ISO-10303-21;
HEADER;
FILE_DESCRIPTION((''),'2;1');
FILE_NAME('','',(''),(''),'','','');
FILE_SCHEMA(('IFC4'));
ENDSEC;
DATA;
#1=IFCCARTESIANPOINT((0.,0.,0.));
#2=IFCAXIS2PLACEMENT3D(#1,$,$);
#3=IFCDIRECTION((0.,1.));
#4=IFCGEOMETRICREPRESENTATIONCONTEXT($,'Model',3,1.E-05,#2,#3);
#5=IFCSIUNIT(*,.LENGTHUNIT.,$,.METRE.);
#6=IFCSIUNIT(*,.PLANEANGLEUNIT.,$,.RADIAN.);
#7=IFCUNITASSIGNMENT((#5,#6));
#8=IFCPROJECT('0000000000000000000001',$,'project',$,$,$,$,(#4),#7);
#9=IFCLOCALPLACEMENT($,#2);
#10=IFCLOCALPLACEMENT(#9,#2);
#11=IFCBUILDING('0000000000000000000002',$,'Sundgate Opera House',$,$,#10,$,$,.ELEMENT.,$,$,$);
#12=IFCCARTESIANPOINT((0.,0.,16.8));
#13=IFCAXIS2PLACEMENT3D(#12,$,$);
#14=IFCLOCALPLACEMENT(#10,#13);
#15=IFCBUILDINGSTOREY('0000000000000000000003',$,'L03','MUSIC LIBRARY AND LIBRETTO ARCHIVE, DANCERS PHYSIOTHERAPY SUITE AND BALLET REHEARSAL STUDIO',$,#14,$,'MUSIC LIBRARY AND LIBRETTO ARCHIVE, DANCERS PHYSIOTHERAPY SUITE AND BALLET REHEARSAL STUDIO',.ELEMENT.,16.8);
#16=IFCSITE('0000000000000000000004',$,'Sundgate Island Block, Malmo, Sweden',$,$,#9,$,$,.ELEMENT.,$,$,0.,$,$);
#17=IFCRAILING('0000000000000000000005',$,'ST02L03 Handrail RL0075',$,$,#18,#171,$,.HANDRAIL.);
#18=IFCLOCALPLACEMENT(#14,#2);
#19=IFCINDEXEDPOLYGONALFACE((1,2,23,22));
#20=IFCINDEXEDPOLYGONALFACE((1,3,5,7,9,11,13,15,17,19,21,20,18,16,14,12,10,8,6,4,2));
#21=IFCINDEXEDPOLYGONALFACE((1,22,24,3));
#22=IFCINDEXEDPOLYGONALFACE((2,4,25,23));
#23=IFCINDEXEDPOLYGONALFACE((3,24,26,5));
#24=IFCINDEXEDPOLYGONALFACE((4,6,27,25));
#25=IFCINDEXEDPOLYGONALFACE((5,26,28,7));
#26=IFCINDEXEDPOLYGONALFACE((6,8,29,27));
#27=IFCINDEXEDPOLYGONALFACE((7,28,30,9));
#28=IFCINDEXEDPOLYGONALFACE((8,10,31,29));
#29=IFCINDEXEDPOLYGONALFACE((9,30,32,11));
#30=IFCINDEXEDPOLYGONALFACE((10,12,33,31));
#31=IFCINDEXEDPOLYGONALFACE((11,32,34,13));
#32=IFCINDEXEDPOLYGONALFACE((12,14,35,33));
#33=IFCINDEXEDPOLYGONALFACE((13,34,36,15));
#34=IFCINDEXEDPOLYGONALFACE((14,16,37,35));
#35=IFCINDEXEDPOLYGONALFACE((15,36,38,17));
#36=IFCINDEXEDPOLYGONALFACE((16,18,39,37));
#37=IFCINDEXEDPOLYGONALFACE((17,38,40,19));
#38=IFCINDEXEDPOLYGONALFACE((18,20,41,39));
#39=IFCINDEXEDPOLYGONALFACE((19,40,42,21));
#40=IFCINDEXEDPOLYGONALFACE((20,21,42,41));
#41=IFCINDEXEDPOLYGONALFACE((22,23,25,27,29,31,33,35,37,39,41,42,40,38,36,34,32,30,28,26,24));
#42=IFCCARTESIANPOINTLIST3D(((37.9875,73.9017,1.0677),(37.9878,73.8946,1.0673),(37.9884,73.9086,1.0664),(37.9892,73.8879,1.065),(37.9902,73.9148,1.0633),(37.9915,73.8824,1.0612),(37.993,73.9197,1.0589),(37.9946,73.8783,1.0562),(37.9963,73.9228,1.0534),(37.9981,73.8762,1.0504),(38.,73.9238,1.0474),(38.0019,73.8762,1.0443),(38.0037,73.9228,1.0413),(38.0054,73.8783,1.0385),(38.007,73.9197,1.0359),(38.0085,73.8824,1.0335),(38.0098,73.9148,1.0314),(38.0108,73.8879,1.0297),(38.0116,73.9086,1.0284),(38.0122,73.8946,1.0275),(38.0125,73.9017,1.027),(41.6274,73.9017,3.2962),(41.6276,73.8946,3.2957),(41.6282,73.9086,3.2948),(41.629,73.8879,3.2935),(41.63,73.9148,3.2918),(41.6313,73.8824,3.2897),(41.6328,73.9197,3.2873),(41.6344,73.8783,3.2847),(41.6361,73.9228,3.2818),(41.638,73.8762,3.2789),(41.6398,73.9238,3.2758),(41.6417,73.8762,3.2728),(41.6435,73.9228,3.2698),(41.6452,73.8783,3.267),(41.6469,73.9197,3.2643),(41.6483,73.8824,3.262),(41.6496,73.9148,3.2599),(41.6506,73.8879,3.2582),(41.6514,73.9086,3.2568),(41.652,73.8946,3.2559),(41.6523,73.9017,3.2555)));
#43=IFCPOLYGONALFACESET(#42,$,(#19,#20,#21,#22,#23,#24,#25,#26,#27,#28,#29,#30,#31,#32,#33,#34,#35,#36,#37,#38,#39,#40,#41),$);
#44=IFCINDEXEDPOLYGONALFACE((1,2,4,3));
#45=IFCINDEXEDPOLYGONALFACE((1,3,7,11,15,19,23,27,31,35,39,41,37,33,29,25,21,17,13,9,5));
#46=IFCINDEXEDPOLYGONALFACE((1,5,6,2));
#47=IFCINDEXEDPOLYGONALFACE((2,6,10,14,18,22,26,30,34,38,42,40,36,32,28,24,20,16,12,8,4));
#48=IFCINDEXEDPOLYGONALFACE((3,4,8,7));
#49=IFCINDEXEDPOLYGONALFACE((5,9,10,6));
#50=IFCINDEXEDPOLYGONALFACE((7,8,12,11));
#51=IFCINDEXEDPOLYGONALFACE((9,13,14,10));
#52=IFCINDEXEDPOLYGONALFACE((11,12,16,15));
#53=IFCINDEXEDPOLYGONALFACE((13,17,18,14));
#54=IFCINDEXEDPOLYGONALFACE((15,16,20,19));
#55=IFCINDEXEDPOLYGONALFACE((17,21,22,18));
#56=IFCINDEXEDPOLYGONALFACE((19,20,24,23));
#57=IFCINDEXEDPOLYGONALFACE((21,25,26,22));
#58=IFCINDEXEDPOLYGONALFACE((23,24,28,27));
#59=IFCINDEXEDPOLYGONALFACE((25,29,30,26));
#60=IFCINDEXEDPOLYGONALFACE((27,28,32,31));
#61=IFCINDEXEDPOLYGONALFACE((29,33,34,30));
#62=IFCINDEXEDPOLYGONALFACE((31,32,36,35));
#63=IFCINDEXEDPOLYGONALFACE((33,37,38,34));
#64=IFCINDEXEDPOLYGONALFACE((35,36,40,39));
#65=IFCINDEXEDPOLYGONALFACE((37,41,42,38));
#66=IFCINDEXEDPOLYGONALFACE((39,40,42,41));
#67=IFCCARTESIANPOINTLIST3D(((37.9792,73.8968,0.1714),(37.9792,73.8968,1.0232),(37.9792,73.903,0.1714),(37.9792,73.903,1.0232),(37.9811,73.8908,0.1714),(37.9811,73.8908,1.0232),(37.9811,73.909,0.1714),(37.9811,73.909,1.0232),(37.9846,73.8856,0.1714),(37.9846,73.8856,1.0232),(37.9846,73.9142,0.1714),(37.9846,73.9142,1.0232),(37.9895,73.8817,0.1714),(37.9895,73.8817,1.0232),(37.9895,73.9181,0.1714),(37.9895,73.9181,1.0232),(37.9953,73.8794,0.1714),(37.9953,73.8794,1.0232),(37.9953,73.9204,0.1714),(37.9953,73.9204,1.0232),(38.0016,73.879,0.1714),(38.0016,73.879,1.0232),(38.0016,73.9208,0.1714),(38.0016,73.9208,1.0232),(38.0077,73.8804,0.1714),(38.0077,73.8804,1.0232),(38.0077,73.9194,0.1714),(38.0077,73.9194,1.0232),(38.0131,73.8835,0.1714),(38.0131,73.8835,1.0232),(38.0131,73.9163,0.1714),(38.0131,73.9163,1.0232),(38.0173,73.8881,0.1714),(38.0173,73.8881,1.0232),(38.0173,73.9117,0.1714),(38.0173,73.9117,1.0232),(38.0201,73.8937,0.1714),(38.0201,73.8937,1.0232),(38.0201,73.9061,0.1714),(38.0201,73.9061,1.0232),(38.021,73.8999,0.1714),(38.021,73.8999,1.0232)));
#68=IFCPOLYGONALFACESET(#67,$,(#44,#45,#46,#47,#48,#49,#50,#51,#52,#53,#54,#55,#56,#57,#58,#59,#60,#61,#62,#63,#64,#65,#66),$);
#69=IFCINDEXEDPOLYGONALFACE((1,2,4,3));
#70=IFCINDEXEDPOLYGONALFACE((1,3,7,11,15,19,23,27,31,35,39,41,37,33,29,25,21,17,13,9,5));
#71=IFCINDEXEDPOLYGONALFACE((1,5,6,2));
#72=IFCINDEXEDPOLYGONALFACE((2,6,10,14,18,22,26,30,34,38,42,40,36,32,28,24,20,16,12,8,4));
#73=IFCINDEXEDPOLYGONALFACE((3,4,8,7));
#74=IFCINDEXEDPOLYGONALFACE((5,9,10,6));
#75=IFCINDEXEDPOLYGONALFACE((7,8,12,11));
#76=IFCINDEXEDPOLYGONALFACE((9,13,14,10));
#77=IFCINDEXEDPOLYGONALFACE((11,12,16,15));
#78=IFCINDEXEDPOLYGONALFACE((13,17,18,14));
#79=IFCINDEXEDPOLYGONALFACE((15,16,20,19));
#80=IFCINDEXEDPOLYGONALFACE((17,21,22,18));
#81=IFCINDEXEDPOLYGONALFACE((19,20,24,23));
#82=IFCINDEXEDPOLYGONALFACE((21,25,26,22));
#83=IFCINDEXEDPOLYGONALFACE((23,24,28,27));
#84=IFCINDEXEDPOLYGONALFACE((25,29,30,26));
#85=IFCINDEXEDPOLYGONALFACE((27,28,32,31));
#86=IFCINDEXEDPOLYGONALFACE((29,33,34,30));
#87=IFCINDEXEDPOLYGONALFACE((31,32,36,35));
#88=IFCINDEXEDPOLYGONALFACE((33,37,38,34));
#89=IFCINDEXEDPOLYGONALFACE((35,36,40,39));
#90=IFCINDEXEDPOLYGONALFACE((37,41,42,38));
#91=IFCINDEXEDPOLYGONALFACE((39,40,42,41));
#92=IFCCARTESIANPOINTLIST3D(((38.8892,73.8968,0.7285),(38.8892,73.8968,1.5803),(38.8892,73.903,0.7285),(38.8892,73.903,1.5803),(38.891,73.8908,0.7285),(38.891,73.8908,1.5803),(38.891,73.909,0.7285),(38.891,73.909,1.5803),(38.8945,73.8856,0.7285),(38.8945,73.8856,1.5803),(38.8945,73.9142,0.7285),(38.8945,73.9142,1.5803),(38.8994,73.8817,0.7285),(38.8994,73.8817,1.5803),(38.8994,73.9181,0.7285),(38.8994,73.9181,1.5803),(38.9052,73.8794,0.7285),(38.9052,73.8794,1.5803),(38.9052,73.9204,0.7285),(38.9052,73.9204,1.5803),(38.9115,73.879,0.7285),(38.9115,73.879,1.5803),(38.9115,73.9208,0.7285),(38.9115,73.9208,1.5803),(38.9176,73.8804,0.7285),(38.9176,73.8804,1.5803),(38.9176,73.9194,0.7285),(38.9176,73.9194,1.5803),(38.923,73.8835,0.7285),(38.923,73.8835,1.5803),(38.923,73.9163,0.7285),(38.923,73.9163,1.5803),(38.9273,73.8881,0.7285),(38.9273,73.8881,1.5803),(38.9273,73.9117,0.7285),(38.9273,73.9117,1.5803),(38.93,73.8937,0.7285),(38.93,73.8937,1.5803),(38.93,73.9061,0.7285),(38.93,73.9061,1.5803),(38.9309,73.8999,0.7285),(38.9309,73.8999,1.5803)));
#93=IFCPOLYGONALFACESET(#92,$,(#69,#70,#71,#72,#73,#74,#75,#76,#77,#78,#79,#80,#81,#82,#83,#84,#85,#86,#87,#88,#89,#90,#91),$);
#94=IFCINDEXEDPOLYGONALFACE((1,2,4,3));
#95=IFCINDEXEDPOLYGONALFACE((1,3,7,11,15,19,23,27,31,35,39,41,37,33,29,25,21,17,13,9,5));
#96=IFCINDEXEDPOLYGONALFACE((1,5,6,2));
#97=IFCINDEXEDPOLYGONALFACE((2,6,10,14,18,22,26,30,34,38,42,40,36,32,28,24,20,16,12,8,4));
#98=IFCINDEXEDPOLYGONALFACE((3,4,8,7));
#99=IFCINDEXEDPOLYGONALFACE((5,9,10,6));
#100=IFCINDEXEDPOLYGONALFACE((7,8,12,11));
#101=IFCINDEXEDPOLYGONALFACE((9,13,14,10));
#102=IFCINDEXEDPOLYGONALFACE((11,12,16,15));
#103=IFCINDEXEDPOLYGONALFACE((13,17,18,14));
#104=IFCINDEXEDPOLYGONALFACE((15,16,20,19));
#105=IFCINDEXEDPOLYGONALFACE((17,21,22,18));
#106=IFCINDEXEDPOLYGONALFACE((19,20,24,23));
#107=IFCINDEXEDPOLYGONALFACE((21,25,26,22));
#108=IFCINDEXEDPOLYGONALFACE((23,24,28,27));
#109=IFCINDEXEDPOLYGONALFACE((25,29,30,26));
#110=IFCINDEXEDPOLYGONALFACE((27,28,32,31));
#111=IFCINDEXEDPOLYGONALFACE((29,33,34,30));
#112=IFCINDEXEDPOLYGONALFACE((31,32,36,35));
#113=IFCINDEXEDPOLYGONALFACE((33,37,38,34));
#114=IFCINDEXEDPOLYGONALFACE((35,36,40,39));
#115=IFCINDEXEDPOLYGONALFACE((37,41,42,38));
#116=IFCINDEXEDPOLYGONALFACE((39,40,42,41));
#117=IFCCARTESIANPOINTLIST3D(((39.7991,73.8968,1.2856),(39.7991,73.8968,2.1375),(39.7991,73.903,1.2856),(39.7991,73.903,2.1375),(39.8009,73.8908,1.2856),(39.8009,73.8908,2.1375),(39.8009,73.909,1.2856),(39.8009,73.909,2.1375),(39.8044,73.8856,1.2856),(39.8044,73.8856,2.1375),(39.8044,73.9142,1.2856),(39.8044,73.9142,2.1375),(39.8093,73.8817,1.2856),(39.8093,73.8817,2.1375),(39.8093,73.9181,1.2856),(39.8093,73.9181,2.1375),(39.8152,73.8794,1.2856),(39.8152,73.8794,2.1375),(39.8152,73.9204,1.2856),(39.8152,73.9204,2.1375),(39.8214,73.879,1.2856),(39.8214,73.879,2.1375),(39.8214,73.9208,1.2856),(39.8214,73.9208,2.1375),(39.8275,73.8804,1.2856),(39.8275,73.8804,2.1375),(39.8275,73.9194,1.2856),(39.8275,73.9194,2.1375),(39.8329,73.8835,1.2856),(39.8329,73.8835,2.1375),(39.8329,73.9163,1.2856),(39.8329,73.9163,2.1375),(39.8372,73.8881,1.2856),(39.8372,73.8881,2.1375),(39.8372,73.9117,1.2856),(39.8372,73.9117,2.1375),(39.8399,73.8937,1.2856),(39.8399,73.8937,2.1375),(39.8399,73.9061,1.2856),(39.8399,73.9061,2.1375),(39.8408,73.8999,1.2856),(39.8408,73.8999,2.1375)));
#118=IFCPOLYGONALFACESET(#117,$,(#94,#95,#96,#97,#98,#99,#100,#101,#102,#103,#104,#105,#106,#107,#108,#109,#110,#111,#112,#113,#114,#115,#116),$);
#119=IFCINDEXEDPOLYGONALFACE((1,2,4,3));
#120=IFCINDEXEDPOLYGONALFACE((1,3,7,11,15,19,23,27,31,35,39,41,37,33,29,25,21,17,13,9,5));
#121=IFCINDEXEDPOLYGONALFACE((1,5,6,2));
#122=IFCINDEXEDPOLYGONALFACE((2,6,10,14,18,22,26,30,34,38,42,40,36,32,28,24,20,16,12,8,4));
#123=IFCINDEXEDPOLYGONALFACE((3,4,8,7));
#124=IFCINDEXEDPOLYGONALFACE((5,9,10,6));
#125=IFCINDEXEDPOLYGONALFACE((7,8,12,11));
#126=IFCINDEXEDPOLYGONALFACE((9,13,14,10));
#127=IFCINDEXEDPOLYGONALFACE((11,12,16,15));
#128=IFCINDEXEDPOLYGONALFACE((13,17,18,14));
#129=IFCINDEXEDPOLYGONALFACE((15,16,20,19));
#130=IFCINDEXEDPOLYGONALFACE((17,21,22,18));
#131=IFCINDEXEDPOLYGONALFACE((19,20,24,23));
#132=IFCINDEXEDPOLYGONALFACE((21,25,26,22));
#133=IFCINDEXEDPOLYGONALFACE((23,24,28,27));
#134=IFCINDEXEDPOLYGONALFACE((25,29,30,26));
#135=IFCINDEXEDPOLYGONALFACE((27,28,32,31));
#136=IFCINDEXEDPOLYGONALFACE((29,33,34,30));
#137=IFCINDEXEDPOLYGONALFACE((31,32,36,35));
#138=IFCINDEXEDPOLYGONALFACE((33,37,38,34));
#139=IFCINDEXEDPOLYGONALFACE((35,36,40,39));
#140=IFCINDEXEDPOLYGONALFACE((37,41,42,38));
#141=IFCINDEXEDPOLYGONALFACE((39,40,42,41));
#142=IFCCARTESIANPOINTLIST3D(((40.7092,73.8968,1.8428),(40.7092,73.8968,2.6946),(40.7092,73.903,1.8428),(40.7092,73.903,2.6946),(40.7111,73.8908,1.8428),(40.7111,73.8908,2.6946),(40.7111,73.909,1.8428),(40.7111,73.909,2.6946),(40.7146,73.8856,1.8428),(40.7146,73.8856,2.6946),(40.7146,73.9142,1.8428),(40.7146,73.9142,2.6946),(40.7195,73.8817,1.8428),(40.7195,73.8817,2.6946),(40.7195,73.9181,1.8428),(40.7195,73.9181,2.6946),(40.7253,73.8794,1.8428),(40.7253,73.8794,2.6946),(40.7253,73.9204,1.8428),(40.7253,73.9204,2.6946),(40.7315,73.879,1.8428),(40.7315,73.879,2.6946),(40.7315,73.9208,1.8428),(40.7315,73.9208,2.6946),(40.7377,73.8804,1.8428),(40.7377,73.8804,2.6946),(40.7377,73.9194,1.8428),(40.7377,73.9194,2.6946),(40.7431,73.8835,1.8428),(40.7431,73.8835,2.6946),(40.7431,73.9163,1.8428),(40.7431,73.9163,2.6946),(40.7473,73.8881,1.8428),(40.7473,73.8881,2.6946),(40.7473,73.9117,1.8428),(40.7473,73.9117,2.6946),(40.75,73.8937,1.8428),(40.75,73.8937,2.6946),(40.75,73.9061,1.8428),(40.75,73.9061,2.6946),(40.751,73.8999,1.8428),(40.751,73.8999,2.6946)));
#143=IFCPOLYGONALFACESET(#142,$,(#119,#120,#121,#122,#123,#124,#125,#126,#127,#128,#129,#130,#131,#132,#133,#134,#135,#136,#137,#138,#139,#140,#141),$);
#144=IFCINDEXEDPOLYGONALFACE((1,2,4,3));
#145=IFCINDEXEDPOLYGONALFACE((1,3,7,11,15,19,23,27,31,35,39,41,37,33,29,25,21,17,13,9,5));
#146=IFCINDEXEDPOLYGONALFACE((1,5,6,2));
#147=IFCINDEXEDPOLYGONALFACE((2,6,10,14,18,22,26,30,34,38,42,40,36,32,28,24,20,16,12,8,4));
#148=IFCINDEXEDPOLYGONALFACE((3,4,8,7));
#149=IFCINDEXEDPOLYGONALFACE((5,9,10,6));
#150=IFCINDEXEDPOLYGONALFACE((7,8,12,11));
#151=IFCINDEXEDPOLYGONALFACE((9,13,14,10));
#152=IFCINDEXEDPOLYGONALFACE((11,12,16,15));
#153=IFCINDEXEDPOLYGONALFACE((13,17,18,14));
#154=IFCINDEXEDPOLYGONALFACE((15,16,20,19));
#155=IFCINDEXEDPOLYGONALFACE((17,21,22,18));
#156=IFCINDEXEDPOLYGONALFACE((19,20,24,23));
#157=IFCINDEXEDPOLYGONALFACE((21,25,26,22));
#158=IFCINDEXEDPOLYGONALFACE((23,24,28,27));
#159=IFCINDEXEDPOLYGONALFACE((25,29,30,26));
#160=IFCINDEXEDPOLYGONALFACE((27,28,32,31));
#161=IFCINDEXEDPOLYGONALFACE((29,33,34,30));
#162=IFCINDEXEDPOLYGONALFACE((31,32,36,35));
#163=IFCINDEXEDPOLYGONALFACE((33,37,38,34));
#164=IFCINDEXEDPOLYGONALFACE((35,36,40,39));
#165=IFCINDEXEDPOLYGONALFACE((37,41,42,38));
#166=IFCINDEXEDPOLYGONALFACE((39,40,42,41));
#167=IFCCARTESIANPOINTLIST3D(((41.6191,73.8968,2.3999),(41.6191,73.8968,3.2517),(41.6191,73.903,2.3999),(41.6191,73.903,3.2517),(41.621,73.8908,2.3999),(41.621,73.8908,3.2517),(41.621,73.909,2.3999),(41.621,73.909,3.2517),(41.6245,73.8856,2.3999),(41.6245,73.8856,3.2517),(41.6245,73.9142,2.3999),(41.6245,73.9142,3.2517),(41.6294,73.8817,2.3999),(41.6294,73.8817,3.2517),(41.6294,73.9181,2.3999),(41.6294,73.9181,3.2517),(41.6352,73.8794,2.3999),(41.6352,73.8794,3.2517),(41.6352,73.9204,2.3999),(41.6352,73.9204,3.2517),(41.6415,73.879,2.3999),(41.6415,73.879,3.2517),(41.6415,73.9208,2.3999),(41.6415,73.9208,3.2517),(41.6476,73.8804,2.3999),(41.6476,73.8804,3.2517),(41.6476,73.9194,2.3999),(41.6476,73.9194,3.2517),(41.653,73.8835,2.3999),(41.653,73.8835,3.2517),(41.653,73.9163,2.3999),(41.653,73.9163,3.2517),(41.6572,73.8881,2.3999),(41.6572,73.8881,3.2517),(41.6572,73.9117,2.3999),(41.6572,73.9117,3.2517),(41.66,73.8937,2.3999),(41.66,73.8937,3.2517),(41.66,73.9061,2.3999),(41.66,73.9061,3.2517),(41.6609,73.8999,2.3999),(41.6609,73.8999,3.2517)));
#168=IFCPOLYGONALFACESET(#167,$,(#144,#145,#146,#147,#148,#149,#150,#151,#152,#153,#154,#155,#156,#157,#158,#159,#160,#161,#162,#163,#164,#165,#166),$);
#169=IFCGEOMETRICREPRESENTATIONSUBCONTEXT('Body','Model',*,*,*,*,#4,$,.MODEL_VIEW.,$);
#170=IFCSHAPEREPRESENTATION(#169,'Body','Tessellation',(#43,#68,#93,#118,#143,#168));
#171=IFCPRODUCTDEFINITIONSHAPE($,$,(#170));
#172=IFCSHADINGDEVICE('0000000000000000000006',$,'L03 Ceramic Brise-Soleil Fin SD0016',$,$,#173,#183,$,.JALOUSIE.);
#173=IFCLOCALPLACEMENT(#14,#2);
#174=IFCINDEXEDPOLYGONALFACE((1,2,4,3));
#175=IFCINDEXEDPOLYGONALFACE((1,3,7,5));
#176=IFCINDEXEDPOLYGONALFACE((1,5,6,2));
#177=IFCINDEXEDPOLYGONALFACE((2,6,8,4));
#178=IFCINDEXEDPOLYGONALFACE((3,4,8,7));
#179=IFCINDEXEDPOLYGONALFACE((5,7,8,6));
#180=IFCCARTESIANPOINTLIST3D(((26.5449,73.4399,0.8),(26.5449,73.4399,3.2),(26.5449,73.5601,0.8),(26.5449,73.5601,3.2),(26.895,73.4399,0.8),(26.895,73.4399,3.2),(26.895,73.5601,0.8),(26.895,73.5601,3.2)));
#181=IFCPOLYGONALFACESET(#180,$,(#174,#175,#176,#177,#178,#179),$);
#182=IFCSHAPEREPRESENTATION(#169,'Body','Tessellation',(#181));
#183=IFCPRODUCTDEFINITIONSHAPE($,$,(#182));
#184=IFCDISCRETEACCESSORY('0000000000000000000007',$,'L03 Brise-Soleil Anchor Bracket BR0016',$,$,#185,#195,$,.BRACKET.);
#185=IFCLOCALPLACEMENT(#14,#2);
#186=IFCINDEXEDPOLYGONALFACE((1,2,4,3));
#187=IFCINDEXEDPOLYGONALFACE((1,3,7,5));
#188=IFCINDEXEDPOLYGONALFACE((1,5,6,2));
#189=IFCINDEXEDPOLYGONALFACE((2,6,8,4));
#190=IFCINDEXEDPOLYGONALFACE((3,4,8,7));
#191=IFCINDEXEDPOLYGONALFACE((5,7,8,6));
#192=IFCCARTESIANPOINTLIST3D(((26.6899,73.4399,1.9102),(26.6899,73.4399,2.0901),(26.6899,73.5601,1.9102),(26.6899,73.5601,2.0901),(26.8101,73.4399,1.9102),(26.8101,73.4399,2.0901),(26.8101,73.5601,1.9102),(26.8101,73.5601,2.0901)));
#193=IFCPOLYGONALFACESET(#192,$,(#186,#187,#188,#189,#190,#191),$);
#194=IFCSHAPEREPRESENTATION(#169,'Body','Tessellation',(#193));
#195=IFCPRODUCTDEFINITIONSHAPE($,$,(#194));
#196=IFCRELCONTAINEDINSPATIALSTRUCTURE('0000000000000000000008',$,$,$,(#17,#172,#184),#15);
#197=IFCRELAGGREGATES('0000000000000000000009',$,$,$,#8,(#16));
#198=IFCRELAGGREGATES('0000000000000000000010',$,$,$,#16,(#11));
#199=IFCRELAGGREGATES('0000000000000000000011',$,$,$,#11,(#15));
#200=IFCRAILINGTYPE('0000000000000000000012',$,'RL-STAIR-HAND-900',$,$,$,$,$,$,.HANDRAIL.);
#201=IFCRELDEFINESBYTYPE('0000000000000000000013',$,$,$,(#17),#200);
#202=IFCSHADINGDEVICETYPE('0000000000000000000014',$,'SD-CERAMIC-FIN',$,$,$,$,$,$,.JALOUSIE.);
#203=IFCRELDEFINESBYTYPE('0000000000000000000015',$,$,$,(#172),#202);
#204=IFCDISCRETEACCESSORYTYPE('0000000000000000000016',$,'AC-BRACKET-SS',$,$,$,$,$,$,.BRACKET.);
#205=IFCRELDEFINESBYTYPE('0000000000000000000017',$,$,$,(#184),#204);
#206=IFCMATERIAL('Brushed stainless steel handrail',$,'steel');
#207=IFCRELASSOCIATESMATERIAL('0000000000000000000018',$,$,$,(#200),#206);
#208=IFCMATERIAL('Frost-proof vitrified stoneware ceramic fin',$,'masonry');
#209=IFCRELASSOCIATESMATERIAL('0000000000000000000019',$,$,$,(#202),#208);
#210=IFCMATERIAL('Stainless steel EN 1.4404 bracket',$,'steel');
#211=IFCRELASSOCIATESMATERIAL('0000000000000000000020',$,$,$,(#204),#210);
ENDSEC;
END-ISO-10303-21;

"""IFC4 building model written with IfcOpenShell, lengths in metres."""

from ifc_helpers import new_model, si_unit, direction, frame, origin, origin_2d, place, context, subcontext, project, spatial, rectangle, circle, extrude, material, type_object, element, save


model = new_model("IFC4")

# Units and contexts
model_context = context("Model", 3, precision=1e-05, world=origin(), true_north=direction((0.0, 1.0)))
body_context = subcontext(model_context, "Body", "Model", "MODEL_VIEW")
ifc_project = project(units=[si_unit("LENGTHUNIT", "METRE"), si_unit("PLANEANGLEUNIT", "RADIAN")], contexts=[model_context])

# Site, building, storey
site_placement = place(None, origin())
site = spatial("IfcSite", under=ifc_project, at=site_placement, Name="Sundgate Island Block, Malmo, Sweden", CompositionType="ELEMENT", RefElevation=0.0)
building_placement = place(site_placement, origin())
building = spatial("IfcBuilding", under=site, at=building_placement, Name="Sundgate Opera House", CompositionType="ELEMENT")
storey_placement = place(building_placement, frame((0.0, 0.0, 16.8)))
storey = spatial("IfcBuildingStorey", under=building, at=storey_placement, Name="L03", Description="MUSIC LIBRARY AND LIBRETTO ARCHIVE, DANCERS PHYSIOTHERAPY SUITE AND BALLET REHEARSAL STUDIO", LongName="MUSIC LIBRARY AND LIBRETTO ARCHIVE, DANCERS PHYSIOTHERAPY SUITE AND BALLET REHEARSAL STUDIO", CompositionType="ELEMENT", Elevation=16.8)

# Railing
ifc_material_1 = material(Name="Brushed stainless steel handrail", Category="steel")
railing_type_1 = type_object("IfcRailingType", Name="RL-STAIR-HAND-900", PredefinedType="HANDRAIL", material=ifc_material_1)
railing_1_placement = place(storey_placement, frame((38.0, 73.8999, 0.1714)))
element("IfcRailing", 1, at=railing_1_placement, inside=storey, type_object=railing_type_1, Name="ST02L03 Handrail RL0075", PredefinedType="HANDRAIL", context=body_context, shape_type="SweptSolid", body=[
    extrude(circle(Radius=0.0239, at=origin_2d()), frame((0.0, 0.0, 0.876), z_axis=(0.85285, 0.0, 0.522156), x_axis=(0.0, 1.0, 0.0)), (0.0, 0.0, 1.0), 4.2678),
    extrude(circle(Radius=0.021, at=origin_2d()), origin(), (0.0, 0.0, 1.0), 0.8518),
    extrude(circle(Radius=0.021, at=origin_2d()), frame((0.9099, 0.0, 0.5571)), (0.0, 0.0, 1.0), 0.8518),
    extrude(circle(Radius=0.021, at=origin_2d()), frame((1.8198, 0.0, 1.1143)), (0.0, 0.0, 1.0), 0.8518),
    extrude(circle(Radius=0.021, at=origin_2d()), frame((2.73, 0.0, 1.6714)), (0.0, 0.0, 1.0), 0.8518),
    extrude(circle(Radius=0.021, at=origin_2d()), frame((3.6399, 0.0, 2.2285)), (0.0, 0.0, 1.0), 0.8518),
])

# Shading device
ifc_material_2 = material(Name="Frost-proof vitrified stoneware ceramic fin", Category="masonry")
shading_device_type = type_object("IfcShadingDeviceType", Name="SD-CERAMIC-FIN", PredefinedType="JALOUSIE", material=ifc_material_2)
shading_device_placement = place(storey_placement, frame((26.72, 73.5, 0.8), z_axis=(0.0, 0.0, 1.0), x_axis=(1.0, 0.0, 0.0)))
element("IfcShadingDevice", 2, at=shading_device_placement, inside=storey, type_object=shading_device_type, Name="L03 Ceramic Brise-Soleil Fin SD0016", PredefinedType="JALOUSIE", context=body_context, shape_type="SweptSolid", body=[
    extrude(rectangle(XDim=0.3501, YDim=0.1201, at=origin_2d()), origin(), (0.0, 0.0, 1.0), 2.3999),
])

# Discrete accessory
ifc_material_3 = material(Name="Stainless steel EN 1.4404 bracket", Category="steel")
discrete_accessory_type = type_object("IfcDiscreteAccessoryType", Name="AC-BRACKET-SS", PredefinedType="BRACKET", material=ifc_material_3)
discrete_accessory_placement = place(storey_placement, frame((26.75, 73.5, 1.9102), z_axis=(0.0, 0.0, 1.0), x_axis=(1.0, 0.0, 0.0)))
element("IfcDiscreteAccessory", 3, at=discrete_accessory_placement, inside=storey, type_object=discrete_accessory_type, Name="L03 Brise-Soleil Anchor Bracket BR0016", PredefinedType="BRACKET", context=body_context, shape_type="SweptSolid", body=[
    extrude(rectangle(XDim=0.1201, YDim=0.1201, at=origin_2d()), origin(), (0.0, 0.0, 1.0), 0.1799),
])

save(model, "model.ifc")
